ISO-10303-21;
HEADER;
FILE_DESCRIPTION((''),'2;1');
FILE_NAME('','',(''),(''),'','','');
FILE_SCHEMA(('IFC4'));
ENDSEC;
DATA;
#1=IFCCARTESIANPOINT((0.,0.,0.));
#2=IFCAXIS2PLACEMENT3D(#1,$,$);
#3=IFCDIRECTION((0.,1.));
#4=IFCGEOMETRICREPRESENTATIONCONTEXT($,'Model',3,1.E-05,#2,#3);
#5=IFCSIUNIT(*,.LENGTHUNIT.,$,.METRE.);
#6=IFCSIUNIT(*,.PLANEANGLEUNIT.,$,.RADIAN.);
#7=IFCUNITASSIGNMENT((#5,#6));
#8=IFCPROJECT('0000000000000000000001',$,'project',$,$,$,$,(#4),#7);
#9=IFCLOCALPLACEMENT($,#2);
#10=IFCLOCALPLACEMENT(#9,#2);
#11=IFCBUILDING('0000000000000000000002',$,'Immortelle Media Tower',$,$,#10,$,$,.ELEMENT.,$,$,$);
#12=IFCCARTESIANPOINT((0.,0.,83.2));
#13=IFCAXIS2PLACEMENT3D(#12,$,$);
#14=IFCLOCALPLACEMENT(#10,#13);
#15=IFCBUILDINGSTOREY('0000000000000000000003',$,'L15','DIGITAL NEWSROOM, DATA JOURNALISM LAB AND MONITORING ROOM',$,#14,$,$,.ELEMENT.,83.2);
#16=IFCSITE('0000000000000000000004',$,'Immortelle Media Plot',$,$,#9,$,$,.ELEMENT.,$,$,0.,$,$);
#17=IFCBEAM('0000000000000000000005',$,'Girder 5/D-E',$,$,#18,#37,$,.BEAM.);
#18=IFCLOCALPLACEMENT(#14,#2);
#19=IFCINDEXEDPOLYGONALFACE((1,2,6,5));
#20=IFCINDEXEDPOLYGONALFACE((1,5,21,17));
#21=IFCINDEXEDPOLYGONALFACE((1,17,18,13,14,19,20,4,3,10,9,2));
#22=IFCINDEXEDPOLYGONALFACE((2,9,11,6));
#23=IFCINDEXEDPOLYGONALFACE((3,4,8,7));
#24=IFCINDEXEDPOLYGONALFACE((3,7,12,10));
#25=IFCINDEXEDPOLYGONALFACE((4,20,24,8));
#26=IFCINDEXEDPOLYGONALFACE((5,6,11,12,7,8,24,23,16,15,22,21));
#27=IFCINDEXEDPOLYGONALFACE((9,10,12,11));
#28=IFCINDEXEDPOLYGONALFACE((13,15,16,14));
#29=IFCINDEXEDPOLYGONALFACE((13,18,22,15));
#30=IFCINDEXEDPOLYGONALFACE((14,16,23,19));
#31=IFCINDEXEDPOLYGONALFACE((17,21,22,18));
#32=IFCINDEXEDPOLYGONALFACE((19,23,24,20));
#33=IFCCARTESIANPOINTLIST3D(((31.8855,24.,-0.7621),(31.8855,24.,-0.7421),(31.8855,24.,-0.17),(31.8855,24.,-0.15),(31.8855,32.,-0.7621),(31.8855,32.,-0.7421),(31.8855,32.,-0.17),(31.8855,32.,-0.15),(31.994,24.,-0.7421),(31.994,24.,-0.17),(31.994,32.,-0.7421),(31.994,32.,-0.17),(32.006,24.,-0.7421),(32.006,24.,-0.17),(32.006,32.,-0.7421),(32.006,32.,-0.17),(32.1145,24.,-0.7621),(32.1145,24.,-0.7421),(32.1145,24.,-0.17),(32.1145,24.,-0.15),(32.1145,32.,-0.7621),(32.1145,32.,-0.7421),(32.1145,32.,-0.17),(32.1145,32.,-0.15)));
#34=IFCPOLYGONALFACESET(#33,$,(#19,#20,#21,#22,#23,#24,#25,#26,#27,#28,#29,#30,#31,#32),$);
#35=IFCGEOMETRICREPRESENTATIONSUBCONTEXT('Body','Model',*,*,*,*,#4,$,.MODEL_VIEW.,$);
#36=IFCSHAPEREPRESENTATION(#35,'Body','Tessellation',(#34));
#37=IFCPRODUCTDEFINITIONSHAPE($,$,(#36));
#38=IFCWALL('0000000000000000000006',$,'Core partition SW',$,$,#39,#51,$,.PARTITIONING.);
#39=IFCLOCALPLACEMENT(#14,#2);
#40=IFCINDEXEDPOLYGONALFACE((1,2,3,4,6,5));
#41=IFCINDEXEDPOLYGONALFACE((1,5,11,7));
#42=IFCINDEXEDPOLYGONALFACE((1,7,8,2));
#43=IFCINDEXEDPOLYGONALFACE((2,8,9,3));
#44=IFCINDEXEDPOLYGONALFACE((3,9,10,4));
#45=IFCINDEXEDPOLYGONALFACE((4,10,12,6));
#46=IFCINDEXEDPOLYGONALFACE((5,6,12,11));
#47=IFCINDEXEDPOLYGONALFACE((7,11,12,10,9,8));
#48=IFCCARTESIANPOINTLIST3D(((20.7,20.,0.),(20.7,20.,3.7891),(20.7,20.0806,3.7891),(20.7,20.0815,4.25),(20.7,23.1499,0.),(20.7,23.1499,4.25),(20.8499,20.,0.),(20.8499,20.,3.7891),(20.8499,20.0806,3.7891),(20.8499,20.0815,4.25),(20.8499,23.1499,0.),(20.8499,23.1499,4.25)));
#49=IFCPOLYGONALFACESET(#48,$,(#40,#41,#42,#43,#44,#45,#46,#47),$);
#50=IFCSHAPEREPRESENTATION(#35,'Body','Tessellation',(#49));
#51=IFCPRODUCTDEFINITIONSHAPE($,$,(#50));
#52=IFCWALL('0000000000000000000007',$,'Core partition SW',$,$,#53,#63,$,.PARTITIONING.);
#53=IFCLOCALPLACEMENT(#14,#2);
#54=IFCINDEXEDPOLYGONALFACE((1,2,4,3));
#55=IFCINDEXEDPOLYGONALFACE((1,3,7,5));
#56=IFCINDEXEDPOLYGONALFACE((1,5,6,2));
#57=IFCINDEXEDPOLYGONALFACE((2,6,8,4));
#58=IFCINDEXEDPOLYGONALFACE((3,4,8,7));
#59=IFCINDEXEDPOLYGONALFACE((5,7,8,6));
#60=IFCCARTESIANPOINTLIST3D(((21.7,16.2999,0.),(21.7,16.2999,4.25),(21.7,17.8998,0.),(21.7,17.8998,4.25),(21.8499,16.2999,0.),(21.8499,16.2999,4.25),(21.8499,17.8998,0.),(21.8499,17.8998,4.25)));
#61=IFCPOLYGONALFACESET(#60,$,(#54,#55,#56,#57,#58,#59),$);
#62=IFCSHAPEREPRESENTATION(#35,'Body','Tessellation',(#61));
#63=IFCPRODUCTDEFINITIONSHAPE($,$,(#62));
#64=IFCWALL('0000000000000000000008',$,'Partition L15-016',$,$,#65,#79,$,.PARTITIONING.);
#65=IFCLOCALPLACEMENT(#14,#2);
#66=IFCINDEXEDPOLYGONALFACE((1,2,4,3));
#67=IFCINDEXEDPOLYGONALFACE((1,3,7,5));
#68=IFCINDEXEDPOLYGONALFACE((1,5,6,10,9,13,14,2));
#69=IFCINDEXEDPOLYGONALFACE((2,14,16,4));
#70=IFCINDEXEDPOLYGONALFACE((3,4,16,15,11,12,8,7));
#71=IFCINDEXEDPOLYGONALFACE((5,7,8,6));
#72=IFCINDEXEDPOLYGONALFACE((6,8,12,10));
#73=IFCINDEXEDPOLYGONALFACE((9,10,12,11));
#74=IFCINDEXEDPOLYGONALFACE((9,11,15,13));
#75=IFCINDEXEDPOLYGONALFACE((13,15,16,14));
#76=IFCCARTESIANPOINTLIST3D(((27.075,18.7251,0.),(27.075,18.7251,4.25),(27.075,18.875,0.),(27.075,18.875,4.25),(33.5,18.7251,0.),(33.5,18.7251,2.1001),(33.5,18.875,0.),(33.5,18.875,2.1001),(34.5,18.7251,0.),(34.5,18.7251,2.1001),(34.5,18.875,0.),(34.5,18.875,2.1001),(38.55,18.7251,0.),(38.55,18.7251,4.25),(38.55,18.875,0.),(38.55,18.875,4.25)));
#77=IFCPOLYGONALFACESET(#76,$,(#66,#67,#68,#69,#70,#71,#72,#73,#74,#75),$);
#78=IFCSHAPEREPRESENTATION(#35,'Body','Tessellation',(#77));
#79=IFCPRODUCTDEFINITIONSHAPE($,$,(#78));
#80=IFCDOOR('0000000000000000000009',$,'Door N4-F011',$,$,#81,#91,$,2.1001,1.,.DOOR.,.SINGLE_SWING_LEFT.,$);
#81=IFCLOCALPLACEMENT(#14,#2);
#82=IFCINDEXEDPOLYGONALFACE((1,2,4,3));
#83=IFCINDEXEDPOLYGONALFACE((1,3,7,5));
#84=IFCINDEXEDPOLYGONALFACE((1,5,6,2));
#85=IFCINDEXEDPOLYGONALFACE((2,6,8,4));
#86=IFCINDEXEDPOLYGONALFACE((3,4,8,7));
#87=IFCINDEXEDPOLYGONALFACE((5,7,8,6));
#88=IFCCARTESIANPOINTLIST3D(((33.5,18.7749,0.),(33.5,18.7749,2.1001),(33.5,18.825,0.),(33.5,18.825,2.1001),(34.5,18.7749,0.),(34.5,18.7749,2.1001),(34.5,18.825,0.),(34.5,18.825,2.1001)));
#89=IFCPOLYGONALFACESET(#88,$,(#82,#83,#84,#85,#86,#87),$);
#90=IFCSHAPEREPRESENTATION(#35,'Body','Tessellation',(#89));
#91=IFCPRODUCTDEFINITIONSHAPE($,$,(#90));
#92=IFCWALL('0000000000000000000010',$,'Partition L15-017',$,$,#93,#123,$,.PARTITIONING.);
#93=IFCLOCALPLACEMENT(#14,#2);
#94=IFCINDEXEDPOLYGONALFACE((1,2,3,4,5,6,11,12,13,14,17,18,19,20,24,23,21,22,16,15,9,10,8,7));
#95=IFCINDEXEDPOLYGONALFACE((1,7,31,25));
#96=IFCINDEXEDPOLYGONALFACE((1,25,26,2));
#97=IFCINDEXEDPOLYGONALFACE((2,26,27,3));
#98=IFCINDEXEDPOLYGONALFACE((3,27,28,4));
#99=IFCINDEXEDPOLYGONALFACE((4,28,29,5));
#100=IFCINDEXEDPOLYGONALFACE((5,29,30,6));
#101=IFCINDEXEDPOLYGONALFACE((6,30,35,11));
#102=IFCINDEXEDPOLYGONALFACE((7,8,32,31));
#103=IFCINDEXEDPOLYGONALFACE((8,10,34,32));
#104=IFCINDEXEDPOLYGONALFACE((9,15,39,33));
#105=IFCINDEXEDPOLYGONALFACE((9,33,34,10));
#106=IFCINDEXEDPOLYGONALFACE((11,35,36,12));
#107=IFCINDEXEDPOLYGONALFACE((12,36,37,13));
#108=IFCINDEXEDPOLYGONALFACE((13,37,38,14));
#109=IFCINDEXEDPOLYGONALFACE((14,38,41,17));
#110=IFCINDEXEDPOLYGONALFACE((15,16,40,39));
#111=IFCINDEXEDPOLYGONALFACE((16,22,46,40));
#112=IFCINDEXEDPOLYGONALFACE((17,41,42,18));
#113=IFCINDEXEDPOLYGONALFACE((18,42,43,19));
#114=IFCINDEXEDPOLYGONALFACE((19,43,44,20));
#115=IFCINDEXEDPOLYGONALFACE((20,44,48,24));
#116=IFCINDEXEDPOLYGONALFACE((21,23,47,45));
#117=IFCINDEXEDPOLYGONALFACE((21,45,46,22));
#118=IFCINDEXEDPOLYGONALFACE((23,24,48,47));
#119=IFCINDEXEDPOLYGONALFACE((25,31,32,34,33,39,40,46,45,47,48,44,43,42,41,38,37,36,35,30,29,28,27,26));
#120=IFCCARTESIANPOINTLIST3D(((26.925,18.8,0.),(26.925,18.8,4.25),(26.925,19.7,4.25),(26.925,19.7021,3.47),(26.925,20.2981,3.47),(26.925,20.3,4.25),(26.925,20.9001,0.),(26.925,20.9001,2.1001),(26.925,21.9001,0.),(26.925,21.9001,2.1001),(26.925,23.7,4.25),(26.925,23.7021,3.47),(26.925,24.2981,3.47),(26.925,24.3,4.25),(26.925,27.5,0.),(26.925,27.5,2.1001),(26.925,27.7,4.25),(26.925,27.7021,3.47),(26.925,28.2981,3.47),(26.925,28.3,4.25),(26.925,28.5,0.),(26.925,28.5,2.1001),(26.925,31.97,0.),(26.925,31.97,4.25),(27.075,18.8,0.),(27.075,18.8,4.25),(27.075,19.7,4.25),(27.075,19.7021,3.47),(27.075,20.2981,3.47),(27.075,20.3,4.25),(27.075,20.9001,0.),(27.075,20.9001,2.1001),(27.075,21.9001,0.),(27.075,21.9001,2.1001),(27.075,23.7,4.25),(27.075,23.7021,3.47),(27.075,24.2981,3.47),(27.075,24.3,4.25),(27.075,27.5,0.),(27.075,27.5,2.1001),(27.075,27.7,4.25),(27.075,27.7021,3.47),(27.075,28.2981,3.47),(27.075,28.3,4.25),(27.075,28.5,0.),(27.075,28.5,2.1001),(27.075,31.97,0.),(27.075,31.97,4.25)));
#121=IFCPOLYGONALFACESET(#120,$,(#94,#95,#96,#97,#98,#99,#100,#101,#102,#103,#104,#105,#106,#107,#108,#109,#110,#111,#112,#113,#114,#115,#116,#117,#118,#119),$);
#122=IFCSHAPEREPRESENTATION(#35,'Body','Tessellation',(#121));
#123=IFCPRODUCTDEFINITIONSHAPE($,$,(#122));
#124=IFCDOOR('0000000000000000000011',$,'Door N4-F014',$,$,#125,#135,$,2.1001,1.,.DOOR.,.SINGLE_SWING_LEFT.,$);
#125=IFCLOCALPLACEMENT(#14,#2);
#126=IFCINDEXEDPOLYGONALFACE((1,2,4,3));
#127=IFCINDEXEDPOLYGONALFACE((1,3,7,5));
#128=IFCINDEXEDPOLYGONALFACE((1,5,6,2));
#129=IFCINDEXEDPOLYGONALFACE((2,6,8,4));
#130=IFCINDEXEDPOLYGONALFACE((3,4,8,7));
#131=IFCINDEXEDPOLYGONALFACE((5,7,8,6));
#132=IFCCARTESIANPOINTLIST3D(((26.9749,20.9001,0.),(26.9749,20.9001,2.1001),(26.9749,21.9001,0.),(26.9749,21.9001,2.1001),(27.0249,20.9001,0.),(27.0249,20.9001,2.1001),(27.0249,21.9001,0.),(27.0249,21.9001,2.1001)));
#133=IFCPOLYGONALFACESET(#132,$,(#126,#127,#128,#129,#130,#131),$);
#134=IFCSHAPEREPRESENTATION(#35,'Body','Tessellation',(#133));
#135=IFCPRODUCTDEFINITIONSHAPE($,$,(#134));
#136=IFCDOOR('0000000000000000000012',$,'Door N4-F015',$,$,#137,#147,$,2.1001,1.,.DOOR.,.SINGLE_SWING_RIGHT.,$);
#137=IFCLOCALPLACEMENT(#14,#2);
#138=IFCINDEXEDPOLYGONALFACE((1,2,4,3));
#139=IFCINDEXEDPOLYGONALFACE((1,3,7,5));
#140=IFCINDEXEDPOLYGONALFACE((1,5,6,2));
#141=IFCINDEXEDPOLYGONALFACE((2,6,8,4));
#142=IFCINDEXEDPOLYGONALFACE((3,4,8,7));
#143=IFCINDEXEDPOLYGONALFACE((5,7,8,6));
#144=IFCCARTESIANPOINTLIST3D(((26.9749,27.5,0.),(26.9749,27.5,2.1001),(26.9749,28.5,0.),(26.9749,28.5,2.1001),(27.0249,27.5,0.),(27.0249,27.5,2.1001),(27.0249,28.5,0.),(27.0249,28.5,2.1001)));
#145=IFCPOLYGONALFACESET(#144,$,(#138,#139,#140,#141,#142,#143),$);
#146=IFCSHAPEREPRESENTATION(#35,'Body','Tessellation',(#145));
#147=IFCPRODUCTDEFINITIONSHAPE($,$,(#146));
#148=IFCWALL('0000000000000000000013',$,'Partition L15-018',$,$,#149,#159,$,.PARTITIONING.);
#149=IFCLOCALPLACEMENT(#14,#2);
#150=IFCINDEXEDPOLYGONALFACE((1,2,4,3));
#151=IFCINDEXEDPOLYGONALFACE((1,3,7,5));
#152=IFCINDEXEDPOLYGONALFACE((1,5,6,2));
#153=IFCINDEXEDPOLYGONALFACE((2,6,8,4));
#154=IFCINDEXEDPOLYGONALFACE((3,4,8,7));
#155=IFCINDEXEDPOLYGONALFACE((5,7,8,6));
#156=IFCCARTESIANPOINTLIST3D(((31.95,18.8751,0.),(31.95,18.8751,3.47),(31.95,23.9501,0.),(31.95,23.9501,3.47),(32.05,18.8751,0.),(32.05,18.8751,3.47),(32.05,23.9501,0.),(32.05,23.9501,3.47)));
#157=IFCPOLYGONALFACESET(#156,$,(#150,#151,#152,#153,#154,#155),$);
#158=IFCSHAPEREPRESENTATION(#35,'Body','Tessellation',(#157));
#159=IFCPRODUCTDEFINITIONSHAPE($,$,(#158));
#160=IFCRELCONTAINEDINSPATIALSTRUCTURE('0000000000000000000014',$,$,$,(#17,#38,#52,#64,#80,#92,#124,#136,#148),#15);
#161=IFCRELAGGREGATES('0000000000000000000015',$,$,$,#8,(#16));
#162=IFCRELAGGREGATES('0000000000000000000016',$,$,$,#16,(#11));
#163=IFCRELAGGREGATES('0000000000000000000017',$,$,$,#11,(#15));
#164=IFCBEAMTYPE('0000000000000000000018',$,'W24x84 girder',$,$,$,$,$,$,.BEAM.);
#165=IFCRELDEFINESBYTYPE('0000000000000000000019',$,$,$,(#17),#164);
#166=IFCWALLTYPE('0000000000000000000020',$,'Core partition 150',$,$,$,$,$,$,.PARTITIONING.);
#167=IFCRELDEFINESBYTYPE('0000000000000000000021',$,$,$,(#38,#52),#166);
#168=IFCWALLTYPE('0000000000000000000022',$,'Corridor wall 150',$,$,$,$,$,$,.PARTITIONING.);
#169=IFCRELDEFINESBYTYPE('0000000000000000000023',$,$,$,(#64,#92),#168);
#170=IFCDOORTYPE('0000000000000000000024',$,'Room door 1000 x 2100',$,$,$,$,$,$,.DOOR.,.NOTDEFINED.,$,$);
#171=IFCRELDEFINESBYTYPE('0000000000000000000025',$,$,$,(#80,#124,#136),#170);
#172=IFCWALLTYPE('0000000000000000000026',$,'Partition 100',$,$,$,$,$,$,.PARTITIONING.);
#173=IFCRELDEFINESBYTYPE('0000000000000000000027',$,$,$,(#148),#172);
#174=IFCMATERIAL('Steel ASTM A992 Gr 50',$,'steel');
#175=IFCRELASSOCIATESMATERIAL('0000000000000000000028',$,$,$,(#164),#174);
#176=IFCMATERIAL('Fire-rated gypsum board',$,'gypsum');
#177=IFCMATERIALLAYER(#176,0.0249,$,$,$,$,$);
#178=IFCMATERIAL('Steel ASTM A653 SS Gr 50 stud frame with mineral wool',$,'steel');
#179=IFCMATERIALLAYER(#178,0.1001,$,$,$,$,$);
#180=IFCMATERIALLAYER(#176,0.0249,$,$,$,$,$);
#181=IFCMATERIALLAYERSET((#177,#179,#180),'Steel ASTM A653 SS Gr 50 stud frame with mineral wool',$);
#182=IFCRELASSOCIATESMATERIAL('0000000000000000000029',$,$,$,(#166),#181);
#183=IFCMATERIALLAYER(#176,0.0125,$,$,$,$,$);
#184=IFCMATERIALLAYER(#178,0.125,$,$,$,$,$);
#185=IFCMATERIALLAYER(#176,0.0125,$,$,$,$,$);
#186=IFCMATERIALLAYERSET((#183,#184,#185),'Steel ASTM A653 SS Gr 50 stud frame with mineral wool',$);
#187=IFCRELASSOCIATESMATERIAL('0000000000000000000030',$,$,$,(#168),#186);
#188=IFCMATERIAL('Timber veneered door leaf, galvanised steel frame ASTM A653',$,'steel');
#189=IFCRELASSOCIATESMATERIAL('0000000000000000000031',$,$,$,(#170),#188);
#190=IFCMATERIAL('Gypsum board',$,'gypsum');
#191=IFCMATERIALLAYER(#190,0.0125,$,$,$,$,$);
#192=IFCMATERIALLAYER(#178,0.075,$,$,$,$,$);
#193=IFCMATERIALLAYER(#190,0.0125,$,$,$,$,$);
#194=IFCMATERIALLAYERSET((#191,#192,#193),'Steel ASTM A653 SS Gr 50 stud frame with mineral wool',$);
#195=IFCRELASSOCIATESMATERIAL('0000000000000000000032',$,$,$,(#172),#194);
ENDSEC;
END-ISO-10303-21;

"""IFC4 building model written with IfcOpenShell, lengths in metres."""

from ifc_helpers import new_model, si_unit, direction, frame, frame_2d, origin, origin_2d, place, context, subcontext, project, spatial, polyline, rectangle, i_section, outline, extrude, material, layer, layer_set, material_profile, profile_set, type_object, element, fill, save


model = new_model("IFC4")

# Units and contexts
model_context = context("Model", 3, precision=1e-05, world=origin(), true_north=direction((0.0, 1.0)))
body_context = subcontext(model_context, "Body", "Model", "MODEL_VIEW")
ifc_project = project(units=[si_unit("LENGTHUNIT", "METRE"), si_unit("PLANEANGLEUNIT", "RADIAN")], contexts=[model_context])

# Site, building, storey
site_placement = place(None, origin())
site = spatial("IfcSite", under=ifc_project, at=site_placement, Name="Immortelle Media Plot", CompositionType="ELEMENT", RefElevation=0.0)
building_placement = place(site_placement, origin())
building = spatial("IfcBuilding", under=site, at=building_placement, Name="Immortelle Media Tower", CompositionType="ELEMENT")
storey_placement = place(building_placement, frame((0.0, 0.0, 83.2)))
storey = spatial("IfcBuildingStorey", under=building, at=storey_placement, Name="L15", Description="DIGITAL NEWSROOM, DATA JOURNALISM LAB AND MONITORING ROOM", CompositionType="ELEMENT", Elevation=83.2)

# Shared definitions
ifc_material_1 = material(Name="Steel ASTM A992 Gr 50", Category="steel")

# Beam
ifc_material_profile_1 = material_profile(ifc_material_1, i_section(OverallWidth=0.229, OverallDepth=0.6121, WebThickness=0.012, FlangeThickness=0.02, at=origin_2d()), Name="W24x84")
ifc_profile_set_1 = profile_set([ifc_material_profile_1], Name="Steel ASTM A992 Gr 50")
beam_type_1 = type_object("IfcBeamType", Name="W24x84 girder", PredefinedType="BEAM", material=ifc_profile_set_1)
for number, where, z_axis, x_axis, name in (
    (1, (32.0, 24.0, -0.4561), (0.0, 1.0, 0.0), (-1.0, 0.0, 0.0), "Girder 5/D-E"),
):
    element("IfcBeam", number, at=place(storey_placement, frame(where, z_axis=z_axis, x_axis=x_axis)), inside=storey, type_object=beam_type_1, Name=name, PredefinedType="BEAM", context=body_context, shape_type="SweptSolid", body=[
        extrude(i_section(OverallWidth=0.229, OverallDepth=0.6121, WebThickness=0.012, FlangeThickness=0.02, at=origin_2d()), origin(), (0.0, 0.0, 1.0), 8.0),
    ])

# Walls
ifc_material_2 = material(Name="Fire-rated gypsum board", Category="gypsum")
ifc_layer_1 = layer(ifc_material_2, 0.0249)
ifc_material_3 = material(Name="Steel ASTM A653 SS Gr 50 stud frame with mineral wool", Category="steel")
ifc_layer_2 = layer(ifc_material_3, 0.1001)
ifc_layer_3 = layer(ifc_material_2, 0.0249)
ifc_layer_set_1 = layer_set([ifc_layer_1, ifc_layer_2, ifc_layer_3], Name="Steel ASTM A653 SS Gr 50 stud frame with mineral wool")
wall_type_1 = type_object("IfcWallType", Name="Core partition 150", PredefinedType="PARTITIONING", material=ifc_layer_set_1)
wall_1_placement = place(storey_placement, frame((20.7749, 20.0, 0.0), z_axis=(0.0, 0.0, 1.0), x_axis=(0.0, 1.0, 0.0)))
element("IfcWall", 2, at=wall_1_placement, inside=storey, type_object=wall_type_1, Name="Core partition SW", PredefinedType="PARTITIONING", context=body_context, shape_type="SweptSolid", body=[
    extrude(outline(polyline([(0.0, 0.0), (3.1499, 0.0), (3.1499, 4.25), (0.0815, 4.25), (0.0806, 3.7891), (0.0, 3.7891), (0.0, 0.0)])), frame((0.0, 0.075, 0.0), z_axis=(0.0, -1.0, 0.0), x_axis=(1.0, 0.0, 0.0)), (0.0, 0.0, 1.0), 0.1499),
])
wall_2_placement = place(storey_placement, frame((21.7749, 16.3, 0.0), z_axis=(0.0, 0.0, 1.0), x_axis=(0.0, 1.0, 0.0)))
element("IfcWall", 3, at=wall_2_placement, inside=storey, type_object=wall_type_1, Name="Core partition SW", PredefinedType="PARTITIONING", context=body_context, shape_type="SweptSolid", body=[
    extrude(rectangle(XDim=1.5999, YDim=0.1499, at=frame_2d((0.7998, 0.0))), origin(), (0.0, 0.0, 1.0), 4.25),
])

# Wall, opening, door
ifc_layer_4 = layer(ifc_material_2, 0.0125)
ifc_layer_5 = layer(ifc_material_3, 0.125)
ifc_layer_6 = layer(ifc_material_2, 0.0125)
ifc_layer_set_2 = layer_set([ifc_layer_4, ifc_layer_5, ifc_layer_6], Name="Steel ASTM A653 SS Gr 50 stud frame with mineral wool")
wall_type_2 = type_object("IfcWallType", Name="Corridor wall 150", PredefinedType="PARTITIONING", material=ifc_layer_set_2)
wall_3_placement = place(storey_placement, frame((27.075, 18.8, 0.0), z_axis=(0.0, 0.0, 1.0), x_axis=(1.0, 0.0, 0.0)))
wall_3 = element("IfcWall", 4, at=wall_3_placement, inside=storey, type_object=wall_type_2, Name="Partition L15-016", PredefinedType="PARTITIONING", context=body_context, shape_type="SweptSolid", body=[
    extrude(rectangle(XDim=11.4751, YDim=0.1499, at=frame_2d((5.7375, 0.0))), origin(), (0.0, 0.0, 1.0), 4.25),
])
opening_1_placement = place(wall_3_placement, frame((6.425, 0.0, 0.0)))
opening_1 = element("IfcOpeningElement", 5, at=opening_1_placement, cuts=wall_3, PredefinedType="OPENING", context=body_context, shape_type="SweptSolid", body=[
    extrude(rectangle(XDim=1.0, YDim=2.1001, at=frame_2d((0.5, 1.05))), frame((0.0, 0.085, 0.0), z_axis=(0.0, -1.0, 0.0), x_axis=(1.0, 0.0, 0.0)), (0.0, 0.0, 1.0), 0.1699),
])
ifc_material_4 = material(Name="Timber veneered door leaf, galvanised steel frame ASTM A653", Category="steel")
door_type = type_object("IfcDoorType", Name="Room door 1000 x 2100", OperationType="NOTDEFINED", PredefinedType="DOOR", material=ifc_material_4)
door_1_placement = place(opening_1_placement, origin())
door_1 = element("IfcDoor", 6, at=door_1_placement, inside=storey, type_object=door_type, Name="Door N4-F011", OperationType="SINGLE_SWING_LEFT", OverallHeight=2.1001, OverallWidth=1.0, PredefinedType="DOOR", context=body_context, shape_type="SweptSolid", body=[
    extrude(rectangle(XDim=1.0, YDim=2.1001, at=frame_2d((0.5, 1.05))), frame((0.0, 0.0249, 0.0), z_axis=(0.0, -1.0, 0.0), x_axis=(1.0, 0.0, 0.0)), (0.0, 0.0, 1.0), 0.05),
])
fill(opening_1, door_1)

# Wall, openings, doors
wall_4_placement = place(storey_placement, frame((27.0, 18.8, 0.0), z_axis=(0.0, 0.0, 1.0), x_axis=(0.0, 1.0, 0.0)))
wall_4 = element("IfcWall", 7, at=wall_4_placement, inside=storey, type_object=wall_type_2, Name="Partition L15-017", PredefinedType="PARTITIONING", context=body_context, shape_type="SweptSolid", body=[
    extrude(outline(polyline([(0.0, 0.0), (13.1699, 0.0), (13.1699, 4.25), (9.5, 4.25), (9.498, 3.47), (8.9021, 3.47), (8.8999, 4.25), (5.5, 4.25), (5.498, 3.47), (4.9021, 3.47), (4.8999, 4.25), (1.5, 4.25), (1.498, 3.47), (0.9021, 3.47), (0.8999, 4.25), (0.0, 4.25), (0.0, 0.0)])), frame((0.0, 0.075, 0.0), z_axis=(0.0, -1.0, 0.0), x_axis=(1.0, 0.0, 0.0)), (0.0, 0.0, 1.0), 0.1499),
])
opening_2_placement = place(wall_4_placement, frame((3.1001, 0.0, 0.0), z_axis=(0.0, 0.0, 1.0), x_axis=(-1.0, 0.0, 0.0)))
opening_2 = element("IfcOpeningElement", 8, at=opening_2_placement, cuts=wall_4, PredefinedType="OPENING", context=body_context, shape_type="SweptSolid", body=[
    extrude(rectangle(XDim=1.0, YDim=2.1001, at=frame_2d((0.5, 1.05))), frame((0.0, 0.085, 0.0), z_axis=(0.0, -1.0, 0.0), x_axis=(1.0, 0.0, 0.0)), (0.0, 0.0, 1.0), 0.1699),
])
opening_3_placement = place(wall_4_placement, frame((9.7, 0.0, 0.0), z_axis=(0.0, 0.0, 1.0), x_axis=(-1.0, 0.0, 0.0)))
opening_3 = element("IfcOpeningElement", 9, at=opening_3_placement, cuts=wall_4, PredefinedType="OPENING", context=body_context, shape_type="SweptSolid", body=[
    extrude(rectangle(XDim=1.0, YDim=2.1001, at=frame_2d((0.5, 1.05))), frame((0.0, 0.085, 0.0), z_axis=(0.0, -1.0, 0.0), x_axis=(1.0, 0.0, 0.0)), (0.0, 0.0, 1.0), 0.1699),
])
door_2_placement = place(opening_2_placement, origin())
door_2 = element("IfcDoor", 10, at=door_2_placement, inside=storey, type_object=door_type, Name="Door N4-F014", OperationType="SINGLE_SWING_LEFT", OverallHeight=2.1001, OverallWidth=1.0, PredefinedType="DOOR", context=body_context, shape_type="SweptSolid", body=[
    extrude(rectangle(XDim=1.0, YDim=2.1001, at=frame_2d((0.5, 1.05))), frame((0.0, 0.0249, 0.0), z_axis=(0.0, -1.0, 0.0), x_axis=(1.0, 0.0, 0.0)), (0.0, 0.0, 1.0), 0.05),
])
fill(opening_2, door_2)
door_3_placement = place(opening_3_placement, origin())
door_3 = element("IfcDoor", 11, at=door_3_placement, inside=storey, type_object=door_type, Name="Door N4-F015", OperationType="SINGLE_SWING_RIGHT", OverallHeight=2.1001, OverallWidth=1.0, PredefinedType="DOOR", context=body_context, shape_type="SweptSolid", body=[
    extrude(rectangle(XDim=1.0, YDim=2.1001, at=frame_2d((0.5, 1.05))), frame((0.0, 0.0249, 0.0), z_axis=(0.0, -1.0, 0.0), x_axis=(1.0, 0.0, 0.0)), (0.0, 0.0, 1.0), 0.05),
])
fill(opening_3, door_3)

# Wall
ifc_material_5 = material(Name="Gypsum board", Category="gypsum")
ifc_layer_7 = layer(ifc_material_5, 0.0125)
ifc_layer_8 = layer(ifc_material_3, 0.075)
ifc_layer_9 = layer(ifc_material_5, 0.0125)
ifc_layer_set_3 = layer_set([ifc_layer_7, ifc_layer_8, ifc_layer_9], Name="Steel ASTM A653 SS Gr 50 stud frame with mineral wool")
wall_type_3 = type_object("IfcWallType", Name="Partition 100", PredefinedType="PARTITIONING", material=ifc_layer_set_3)
wall_5_placement = place(storey_placement, frame((32.0, 18.875, 0.0), z_axis=(0.0, 0.0, 1.0), x_axis=(0.0, 1.0, 0.0)))
element("IfcWall", 12, at=wall_5_placement, inside=storey, type_object=wall_type_3, Name="Partition L15-018", PredefinedType="PARTITIONING", context=body_context, shape_type="SweptSolid", body=[
    extrude(rectangle(XDim=5.075, YDim=0.1001, at=frame_2d((2.5376, 0.0))), origin(), (0.0, 0.0, 1.0), 3.47),
])

save(model, "model.ifc")
